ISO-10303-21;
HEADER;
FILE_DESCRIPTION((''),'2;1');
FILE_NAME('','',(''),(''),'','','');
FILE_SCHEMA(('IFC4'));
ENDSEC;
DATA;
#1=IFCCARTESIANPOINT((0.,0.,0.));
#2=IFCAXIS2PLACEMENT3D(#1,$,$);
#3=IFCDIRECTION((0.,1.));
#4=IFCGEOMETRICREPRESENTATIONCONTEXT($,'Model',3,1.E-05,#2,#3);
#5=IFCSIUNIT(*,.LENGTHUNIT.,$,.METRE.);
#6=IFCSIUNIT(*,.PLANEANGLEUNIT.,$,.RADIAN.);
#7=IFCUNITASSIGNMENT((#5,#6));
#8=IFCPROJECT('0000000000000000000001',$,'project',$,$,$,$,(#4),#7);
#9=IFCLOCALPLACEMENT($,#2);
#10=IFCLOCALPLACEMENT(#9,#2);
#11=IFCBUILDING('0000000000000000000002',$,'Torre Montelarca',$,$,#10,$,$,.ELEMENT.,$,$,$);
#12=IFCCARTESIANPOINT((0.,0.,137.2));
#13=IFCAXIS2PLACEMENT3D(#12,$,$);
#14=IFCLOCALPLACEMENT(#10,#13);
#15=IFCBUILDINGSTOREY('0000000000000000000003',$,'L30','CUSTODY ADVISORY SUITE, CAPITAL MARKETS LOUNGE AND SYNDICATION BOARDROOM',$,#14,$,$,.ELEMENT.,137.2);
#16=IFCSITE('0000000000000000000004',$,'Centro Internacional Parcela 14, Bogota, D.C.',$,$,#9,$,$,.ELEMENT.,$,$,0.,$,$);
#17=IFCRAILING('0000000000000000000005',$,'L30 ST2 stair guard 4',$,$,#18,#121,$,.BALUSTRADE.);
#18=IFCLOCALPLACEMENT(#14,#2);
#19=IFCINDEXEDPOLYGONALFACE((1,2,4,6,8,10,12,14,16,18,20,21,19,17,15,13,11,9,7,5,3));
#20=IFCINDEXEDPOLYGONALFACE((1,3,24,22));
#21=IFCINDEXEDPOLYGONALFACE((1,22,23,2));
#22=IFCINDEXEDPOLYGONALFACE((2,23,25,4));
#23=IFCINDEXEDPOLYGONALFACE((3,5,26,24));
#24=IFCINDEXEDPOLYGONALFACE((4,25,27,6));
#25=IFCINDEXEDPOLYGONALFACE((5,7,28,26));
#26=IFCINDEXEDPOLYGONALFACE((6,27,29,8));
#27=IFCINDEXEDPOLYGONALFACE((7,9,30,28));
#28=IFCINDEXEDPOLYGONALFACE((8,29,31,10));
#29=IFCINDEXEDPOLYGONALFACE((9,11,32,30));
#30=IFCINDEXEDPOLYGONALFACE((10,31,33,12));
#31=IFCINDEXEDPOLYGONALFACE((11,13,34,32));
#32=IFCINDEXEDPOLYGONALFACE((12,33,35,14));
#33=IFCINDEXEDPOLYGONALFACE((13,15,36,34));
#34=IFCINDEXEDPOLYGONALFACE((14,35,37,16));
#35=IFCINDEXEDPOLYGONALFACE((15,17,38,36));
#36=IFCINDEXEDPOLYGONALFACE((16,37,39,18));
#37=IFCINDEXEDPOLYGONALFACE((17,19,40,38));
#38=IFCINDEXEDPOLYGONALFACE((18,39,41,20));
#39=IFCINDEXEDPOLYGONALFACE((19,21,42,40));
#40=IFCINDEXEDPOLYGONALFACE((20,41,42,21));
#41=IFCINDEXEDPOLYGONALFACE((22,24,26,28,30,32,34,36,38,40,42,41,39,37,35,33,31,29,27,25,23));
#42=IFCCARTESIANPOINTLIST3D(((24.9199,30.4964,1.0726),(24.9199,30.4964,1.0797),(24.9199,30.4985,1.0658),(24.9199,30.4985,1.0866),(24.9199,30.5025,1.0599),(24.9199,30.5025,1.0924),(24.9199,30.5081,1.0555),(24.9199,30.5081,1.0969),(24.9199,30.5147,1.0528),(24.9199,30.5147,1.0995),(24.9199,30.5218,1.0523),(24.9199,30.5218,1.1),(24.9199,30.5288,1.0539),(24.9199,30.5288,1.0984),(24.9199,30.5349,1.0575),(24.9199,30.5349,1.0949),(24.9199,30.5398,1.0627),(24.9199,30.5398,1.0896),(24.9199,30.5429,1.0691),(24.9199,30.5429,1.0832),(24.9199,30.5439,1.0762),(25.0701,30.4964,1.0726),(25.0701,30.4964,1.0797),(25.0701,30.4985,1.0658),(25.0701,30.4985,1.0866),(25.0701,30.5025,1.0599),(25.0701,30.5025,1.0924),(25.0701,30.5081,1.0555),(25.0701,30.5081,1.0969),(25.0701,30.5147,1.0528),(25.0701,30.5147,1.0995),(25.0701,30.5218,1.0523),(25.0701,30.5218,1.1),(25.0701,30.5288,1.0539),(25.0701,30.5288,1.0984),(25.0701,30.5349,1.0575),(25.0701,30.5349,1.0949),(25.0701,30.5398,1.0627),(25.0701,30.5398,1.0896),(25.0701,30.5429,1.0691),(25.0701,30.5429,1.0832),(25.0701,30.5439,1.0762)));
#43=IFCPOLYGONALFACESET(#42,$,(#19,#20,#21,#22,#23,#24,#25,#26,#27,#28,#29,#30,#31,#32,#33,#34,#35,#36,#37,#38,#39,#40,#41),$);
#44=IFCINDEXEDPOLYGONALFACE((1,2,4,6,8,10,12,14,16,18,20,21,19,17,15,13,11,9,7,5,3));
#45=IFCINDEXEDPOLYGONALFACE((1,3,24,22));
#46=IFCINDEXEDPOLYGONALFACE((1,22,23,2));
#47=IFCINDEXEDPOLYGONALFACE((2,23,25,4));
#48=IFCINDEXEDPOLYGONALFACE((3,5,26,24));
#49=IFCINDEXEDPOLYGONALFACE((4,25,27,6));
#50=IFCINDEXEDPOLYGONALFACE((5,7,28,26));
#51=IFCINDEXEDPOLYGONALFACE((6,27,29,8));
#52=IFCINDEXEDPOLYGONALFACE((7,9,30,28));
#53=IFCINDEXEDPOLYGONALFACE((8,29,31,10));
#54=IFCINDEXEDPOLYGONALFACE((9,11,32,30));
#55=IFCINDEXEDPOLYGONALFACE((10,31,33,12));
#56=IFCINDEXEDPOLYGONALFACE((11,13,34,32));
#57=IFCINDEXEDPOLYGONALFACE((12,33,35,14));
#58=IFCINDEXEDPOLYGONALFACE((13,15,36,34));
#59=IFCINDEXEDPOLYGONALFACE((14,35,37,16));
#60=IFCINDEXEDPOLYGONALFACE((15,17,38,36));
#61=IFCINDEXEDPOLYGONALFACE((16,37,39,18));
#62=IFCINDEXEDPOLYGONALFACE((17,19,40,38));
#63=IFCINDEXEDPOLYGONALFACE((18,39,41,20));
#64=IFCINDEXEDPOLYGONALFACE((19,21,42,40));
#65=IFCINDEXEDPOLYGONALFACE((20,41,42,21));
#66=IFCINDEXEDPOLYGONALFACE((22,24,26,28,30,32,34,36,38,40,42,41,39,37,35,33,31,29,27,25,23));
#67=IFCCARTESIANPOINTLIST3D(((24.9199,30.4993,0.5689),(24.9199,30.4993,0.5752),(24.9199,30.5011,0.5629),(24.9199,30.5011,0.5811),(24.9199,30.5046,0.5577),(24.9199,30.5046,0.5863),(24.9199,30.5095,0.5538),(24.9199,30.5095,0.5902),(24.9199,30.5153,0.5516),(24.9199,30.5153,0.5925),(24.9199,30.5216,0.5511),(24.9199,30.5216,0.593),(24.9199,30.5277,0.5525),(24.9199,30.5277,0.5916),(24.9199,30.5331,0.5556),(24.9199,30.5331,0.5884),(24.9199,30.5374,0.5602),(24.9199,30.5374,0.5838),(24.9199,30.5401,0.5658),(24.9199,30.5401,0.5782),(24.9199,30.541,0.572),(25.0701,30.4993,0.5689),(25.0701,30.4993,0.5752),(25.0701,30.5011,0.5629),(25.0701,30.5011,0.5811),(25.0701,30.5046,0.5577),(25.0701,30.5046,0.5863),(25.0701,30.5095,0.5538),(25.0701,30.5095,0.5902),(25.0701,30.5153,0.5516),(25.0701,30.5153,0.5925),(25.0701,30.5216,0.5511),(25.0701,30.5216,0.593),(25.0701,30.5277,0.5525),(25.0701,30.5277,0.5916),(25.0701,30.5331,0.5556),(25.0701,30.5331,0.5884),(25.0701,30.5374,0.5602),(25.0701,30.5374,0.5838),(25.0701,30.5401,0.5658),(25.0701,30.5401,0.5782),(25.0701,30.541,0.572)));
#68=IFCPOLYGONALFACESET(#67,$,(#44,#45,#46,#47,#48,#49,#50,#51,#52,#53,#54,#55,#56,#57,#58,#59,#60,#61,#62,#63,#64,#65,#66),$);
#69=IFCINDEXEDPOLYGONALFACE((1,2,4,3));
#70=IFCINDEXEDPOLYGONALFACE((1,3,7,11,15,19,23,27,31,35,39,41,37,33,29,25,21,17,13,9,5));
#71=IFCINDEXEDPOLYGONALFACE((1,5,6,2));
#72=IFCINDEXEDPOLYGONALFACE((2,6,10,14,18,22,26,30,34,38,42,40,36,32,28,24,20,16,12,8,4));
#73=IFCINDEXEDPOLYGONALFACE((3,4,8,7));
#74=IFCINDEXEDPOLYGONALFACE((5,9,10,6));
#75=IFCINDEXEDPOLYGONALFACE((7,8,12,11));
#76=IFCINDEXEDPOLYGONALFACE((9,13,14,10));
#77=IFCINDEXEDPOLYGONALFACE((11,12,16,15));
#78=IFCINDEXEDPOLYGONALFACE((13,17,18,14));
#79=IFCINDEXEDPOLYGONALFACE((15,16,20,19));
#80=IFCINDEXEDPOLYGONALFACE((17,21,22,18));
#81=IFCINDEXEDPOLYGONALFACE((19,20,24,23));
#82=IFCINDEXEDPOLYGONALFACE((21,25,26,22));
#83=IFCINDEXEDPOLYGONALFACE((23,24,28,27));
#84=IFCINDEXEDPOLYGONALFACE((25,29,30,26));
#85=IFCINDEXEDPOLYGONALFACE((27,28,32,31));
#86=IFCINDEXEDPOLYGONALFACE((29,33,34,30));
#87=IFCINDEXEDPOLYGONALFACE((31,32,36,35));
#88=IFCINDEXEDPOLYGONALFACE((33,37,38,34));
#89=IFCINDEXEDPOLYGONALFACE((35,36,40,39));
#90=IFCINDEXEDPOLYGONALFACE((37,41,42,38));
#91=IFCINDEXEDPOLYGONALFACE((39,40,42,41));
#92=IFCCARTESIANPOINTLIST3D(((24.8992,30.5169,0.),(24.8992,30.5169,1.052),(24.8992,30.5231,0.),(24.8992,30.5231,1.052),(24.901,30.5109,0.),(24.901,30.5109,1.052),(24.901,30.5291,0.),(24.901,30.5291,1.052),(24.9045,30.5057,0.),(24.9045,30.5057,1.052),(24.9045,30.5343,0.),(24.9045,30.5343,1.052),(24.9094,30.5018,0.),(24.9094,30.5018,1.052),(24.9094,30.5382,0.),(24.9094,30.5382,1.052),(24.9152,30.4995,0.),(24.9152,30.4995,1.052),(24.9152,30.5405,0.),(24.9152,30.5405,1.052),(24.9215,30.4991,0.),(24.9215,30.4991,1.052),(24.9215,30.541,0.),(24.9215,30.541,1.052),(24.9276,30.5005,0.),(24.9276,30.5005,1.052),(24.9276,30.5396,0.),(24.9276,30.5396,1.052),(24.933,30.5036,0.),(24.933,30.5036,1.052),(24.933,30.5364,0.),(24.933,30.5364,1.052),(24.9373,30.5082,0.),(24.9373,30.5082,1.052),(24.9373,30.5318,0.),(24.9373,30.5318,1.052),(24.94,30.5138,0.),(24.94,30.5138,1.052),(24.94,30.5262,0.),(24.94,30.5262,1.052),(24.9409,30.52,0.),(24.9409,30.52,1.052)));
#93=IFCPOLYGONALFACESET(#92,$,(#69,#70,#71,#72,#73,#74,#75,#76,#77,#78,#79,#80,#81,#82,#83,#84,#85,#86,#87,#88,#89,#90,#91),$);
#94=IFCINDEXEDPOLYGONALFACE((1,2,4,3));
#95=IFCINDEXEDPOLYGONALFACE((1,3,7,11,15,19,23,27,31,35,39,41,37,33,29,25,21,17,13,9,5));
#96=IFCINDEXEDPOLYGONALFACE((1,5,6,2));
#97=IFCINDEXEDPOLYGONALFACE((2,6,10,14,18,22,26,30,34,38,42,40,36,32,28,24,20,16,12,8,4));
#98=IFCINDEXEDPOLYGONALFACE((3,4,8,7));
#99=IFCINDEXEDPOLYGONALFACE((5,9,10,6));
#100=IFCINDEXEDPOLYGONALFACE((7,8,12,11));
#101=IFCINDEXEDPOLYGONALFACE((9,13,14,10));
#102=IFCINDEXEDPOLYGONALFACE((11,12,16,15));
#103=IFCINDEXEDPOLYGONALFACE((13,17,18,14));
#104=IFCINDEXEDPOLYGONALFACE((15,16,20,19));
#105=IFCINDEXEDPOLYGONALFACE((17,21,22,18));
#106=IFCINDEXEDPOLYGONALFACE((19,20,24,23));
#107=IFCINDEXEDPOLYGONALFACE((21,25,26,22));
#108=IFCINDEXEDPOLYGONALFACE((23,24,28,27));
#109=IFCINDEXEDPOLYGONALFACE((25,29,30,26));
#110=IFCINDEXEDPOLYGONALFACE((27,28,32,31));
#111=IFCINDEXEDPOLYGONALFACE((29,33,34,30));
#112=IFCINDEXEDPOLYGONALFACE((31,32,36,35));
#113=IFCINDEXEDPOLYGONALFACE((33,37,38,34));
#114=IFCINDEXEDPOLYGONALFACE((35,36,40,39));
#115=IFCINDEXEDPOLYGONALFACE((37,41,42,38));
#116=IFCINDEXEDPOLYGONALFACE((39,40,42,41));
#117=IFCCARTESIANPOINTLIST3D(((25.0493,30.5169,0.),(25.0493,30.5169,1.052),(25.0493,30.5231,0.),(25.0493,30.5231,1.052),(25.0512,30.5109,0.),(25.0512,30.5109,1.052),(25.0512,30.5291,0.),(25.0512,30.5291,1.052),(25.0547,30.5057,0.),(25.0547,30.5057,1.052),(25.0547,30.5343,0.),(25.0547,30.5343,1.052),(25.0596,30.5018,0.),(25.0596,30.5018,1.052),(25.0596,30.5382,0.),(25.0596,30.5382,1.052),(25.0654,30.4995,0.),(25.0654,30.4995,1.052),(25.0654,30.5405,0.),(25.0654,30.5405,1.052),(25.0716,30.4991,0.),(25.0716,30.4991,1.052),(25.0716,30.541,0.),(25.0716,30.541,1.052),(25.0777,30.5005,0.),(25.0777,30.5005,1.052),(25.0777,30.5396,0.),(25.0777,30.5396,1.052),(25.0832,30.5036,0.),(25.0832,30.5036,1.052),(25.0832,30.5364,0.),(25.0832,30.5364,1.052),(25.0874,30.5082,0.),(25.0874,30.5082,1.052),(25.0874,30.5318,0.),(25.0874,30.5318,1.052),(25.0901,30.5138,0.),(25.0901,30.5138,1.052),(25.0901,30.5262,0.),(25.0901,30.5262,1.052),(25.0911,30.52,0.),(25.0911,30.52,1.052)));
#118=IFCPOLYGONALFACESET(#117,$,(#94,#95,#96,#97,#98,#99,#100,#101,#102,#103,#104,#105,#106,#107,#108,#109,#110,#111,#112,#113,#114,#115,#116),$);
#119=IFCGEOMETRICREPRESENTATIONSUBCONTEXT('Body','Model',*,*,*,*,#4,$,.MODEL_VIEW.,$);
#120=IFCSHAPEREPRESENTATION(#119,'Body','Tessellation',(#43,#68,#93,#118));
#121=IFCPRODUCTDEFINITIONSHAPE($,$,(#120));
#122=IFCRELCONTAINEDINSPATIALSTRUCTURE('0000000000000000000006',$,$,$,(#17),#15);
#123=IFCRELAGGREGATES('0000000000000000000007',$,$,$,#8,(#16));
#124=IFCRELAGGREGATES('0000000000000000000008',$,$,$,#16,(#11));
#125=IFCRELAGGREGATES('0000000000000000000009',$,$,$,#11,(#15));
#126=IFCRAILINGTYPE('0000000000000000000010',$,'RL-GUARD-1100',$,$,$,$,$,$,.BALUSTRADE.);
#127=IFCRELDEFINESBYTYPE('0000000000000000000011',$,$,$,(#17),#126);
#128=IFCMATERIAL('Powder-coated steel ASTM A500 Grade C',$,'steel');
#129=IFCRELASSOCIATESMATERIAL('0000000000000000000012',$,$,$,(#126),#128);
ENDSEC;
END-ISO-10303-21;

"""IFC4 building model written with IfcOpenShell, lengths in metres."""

from ifc_helpers import new_model, si_unit, direction, frame, origin, origin_2d, place, context, subcontext, project, spatial, circle, extrude, material, type_object, element, save


model = new_model("IFC4")

# Units and contexts
model_context = context("Model", 3, precision=1e-05, world=origin(), true_north=direction((0.0, 1.0)))
body_context = subcontext(model_context, "Body", "Model", "MODEL_VIEW")
ifc_project = project(units=[si_unit("LENGTHUNIT", "METRE"), si_unit("PLANEANGLEUNIT", "RADIAN")], contexts=[model_context])

# Site, building, storey
site_placement = place(None, origin())
site = spatial("IfcSite", under=ifc_project, at=site_placement, Name="Centro Internacional Parcela 14, Bogota, D.C.", CompositionType="ELEMENT", RefElevation=0.0)
building_placement = place(site_placement, origin())
building = spatial("IfcBuilding", under=site, at=building_placement, Name="Torre Montelarca", CompositionType="ELEMENT")
storey_placement = place(building_placement, frame((0.0, 0.0, 137.2)))
storey = spatial("IfcBuildingStorey", under=building, at=storey_placement, Name="L30", Description="CUSTODY ADVISORY SUITE, CAPITAL MARKETS LOUNGE AND SYNDICATION BOARDROOM", CompositionType="ELEMENT", Elevation=137.2)

# Railing
ifc_material_1 = material(Name="Powder-coated steel ASTM A500 Grade C", Category="steel")
railing_type_1 = type_object("IfcRailingType", Name="RL-GUARD-1100", PredefinedType="BALUSTRADE", material=ifc_material_1)
railing_1_placement = place(storey_placement, frame((24.9199, 30.52, 0.0)))
element("IfcRailing", 1, at=railing_1_placement, inside=storey, type_object=railing_type_1, Name="L30 ST2 stair guard 4", PredefinedType="BALUSTRADE", context=body_context, shape_type="SweptSolid", body=[
    extrude(circle(Radius=0.0239, at=origin_2d()), frame((0.0, 0.0, 1.0762), z_axis=(1.0, 0.0, 0.0), x_axis=(0.0, 1.0, 0.0)), (0.0, 0.0, 1.0), 0.1501),
    extrude(circle(Radius=0.021, at=origin_2d()), frame((0.0, 0.0, 0.572), z_axis=(1.0, 0.0, 0.0), x_axis=(0.0, 1.0, 0.0)), (0.0, 0.0, 1.0), 0.1501),
    extrude(circle(Radius=0.021, at=origin_2d()), origin(), (0.0, 0.0, 1.0), 1.052),
    extrude(circle(Radius=0.021, at=origin_2d()), frame((0.1501, 0.0, 0.0)), (0.0, 0.0, 1.0), 1.052),
])

save(model, "model.ifc")
